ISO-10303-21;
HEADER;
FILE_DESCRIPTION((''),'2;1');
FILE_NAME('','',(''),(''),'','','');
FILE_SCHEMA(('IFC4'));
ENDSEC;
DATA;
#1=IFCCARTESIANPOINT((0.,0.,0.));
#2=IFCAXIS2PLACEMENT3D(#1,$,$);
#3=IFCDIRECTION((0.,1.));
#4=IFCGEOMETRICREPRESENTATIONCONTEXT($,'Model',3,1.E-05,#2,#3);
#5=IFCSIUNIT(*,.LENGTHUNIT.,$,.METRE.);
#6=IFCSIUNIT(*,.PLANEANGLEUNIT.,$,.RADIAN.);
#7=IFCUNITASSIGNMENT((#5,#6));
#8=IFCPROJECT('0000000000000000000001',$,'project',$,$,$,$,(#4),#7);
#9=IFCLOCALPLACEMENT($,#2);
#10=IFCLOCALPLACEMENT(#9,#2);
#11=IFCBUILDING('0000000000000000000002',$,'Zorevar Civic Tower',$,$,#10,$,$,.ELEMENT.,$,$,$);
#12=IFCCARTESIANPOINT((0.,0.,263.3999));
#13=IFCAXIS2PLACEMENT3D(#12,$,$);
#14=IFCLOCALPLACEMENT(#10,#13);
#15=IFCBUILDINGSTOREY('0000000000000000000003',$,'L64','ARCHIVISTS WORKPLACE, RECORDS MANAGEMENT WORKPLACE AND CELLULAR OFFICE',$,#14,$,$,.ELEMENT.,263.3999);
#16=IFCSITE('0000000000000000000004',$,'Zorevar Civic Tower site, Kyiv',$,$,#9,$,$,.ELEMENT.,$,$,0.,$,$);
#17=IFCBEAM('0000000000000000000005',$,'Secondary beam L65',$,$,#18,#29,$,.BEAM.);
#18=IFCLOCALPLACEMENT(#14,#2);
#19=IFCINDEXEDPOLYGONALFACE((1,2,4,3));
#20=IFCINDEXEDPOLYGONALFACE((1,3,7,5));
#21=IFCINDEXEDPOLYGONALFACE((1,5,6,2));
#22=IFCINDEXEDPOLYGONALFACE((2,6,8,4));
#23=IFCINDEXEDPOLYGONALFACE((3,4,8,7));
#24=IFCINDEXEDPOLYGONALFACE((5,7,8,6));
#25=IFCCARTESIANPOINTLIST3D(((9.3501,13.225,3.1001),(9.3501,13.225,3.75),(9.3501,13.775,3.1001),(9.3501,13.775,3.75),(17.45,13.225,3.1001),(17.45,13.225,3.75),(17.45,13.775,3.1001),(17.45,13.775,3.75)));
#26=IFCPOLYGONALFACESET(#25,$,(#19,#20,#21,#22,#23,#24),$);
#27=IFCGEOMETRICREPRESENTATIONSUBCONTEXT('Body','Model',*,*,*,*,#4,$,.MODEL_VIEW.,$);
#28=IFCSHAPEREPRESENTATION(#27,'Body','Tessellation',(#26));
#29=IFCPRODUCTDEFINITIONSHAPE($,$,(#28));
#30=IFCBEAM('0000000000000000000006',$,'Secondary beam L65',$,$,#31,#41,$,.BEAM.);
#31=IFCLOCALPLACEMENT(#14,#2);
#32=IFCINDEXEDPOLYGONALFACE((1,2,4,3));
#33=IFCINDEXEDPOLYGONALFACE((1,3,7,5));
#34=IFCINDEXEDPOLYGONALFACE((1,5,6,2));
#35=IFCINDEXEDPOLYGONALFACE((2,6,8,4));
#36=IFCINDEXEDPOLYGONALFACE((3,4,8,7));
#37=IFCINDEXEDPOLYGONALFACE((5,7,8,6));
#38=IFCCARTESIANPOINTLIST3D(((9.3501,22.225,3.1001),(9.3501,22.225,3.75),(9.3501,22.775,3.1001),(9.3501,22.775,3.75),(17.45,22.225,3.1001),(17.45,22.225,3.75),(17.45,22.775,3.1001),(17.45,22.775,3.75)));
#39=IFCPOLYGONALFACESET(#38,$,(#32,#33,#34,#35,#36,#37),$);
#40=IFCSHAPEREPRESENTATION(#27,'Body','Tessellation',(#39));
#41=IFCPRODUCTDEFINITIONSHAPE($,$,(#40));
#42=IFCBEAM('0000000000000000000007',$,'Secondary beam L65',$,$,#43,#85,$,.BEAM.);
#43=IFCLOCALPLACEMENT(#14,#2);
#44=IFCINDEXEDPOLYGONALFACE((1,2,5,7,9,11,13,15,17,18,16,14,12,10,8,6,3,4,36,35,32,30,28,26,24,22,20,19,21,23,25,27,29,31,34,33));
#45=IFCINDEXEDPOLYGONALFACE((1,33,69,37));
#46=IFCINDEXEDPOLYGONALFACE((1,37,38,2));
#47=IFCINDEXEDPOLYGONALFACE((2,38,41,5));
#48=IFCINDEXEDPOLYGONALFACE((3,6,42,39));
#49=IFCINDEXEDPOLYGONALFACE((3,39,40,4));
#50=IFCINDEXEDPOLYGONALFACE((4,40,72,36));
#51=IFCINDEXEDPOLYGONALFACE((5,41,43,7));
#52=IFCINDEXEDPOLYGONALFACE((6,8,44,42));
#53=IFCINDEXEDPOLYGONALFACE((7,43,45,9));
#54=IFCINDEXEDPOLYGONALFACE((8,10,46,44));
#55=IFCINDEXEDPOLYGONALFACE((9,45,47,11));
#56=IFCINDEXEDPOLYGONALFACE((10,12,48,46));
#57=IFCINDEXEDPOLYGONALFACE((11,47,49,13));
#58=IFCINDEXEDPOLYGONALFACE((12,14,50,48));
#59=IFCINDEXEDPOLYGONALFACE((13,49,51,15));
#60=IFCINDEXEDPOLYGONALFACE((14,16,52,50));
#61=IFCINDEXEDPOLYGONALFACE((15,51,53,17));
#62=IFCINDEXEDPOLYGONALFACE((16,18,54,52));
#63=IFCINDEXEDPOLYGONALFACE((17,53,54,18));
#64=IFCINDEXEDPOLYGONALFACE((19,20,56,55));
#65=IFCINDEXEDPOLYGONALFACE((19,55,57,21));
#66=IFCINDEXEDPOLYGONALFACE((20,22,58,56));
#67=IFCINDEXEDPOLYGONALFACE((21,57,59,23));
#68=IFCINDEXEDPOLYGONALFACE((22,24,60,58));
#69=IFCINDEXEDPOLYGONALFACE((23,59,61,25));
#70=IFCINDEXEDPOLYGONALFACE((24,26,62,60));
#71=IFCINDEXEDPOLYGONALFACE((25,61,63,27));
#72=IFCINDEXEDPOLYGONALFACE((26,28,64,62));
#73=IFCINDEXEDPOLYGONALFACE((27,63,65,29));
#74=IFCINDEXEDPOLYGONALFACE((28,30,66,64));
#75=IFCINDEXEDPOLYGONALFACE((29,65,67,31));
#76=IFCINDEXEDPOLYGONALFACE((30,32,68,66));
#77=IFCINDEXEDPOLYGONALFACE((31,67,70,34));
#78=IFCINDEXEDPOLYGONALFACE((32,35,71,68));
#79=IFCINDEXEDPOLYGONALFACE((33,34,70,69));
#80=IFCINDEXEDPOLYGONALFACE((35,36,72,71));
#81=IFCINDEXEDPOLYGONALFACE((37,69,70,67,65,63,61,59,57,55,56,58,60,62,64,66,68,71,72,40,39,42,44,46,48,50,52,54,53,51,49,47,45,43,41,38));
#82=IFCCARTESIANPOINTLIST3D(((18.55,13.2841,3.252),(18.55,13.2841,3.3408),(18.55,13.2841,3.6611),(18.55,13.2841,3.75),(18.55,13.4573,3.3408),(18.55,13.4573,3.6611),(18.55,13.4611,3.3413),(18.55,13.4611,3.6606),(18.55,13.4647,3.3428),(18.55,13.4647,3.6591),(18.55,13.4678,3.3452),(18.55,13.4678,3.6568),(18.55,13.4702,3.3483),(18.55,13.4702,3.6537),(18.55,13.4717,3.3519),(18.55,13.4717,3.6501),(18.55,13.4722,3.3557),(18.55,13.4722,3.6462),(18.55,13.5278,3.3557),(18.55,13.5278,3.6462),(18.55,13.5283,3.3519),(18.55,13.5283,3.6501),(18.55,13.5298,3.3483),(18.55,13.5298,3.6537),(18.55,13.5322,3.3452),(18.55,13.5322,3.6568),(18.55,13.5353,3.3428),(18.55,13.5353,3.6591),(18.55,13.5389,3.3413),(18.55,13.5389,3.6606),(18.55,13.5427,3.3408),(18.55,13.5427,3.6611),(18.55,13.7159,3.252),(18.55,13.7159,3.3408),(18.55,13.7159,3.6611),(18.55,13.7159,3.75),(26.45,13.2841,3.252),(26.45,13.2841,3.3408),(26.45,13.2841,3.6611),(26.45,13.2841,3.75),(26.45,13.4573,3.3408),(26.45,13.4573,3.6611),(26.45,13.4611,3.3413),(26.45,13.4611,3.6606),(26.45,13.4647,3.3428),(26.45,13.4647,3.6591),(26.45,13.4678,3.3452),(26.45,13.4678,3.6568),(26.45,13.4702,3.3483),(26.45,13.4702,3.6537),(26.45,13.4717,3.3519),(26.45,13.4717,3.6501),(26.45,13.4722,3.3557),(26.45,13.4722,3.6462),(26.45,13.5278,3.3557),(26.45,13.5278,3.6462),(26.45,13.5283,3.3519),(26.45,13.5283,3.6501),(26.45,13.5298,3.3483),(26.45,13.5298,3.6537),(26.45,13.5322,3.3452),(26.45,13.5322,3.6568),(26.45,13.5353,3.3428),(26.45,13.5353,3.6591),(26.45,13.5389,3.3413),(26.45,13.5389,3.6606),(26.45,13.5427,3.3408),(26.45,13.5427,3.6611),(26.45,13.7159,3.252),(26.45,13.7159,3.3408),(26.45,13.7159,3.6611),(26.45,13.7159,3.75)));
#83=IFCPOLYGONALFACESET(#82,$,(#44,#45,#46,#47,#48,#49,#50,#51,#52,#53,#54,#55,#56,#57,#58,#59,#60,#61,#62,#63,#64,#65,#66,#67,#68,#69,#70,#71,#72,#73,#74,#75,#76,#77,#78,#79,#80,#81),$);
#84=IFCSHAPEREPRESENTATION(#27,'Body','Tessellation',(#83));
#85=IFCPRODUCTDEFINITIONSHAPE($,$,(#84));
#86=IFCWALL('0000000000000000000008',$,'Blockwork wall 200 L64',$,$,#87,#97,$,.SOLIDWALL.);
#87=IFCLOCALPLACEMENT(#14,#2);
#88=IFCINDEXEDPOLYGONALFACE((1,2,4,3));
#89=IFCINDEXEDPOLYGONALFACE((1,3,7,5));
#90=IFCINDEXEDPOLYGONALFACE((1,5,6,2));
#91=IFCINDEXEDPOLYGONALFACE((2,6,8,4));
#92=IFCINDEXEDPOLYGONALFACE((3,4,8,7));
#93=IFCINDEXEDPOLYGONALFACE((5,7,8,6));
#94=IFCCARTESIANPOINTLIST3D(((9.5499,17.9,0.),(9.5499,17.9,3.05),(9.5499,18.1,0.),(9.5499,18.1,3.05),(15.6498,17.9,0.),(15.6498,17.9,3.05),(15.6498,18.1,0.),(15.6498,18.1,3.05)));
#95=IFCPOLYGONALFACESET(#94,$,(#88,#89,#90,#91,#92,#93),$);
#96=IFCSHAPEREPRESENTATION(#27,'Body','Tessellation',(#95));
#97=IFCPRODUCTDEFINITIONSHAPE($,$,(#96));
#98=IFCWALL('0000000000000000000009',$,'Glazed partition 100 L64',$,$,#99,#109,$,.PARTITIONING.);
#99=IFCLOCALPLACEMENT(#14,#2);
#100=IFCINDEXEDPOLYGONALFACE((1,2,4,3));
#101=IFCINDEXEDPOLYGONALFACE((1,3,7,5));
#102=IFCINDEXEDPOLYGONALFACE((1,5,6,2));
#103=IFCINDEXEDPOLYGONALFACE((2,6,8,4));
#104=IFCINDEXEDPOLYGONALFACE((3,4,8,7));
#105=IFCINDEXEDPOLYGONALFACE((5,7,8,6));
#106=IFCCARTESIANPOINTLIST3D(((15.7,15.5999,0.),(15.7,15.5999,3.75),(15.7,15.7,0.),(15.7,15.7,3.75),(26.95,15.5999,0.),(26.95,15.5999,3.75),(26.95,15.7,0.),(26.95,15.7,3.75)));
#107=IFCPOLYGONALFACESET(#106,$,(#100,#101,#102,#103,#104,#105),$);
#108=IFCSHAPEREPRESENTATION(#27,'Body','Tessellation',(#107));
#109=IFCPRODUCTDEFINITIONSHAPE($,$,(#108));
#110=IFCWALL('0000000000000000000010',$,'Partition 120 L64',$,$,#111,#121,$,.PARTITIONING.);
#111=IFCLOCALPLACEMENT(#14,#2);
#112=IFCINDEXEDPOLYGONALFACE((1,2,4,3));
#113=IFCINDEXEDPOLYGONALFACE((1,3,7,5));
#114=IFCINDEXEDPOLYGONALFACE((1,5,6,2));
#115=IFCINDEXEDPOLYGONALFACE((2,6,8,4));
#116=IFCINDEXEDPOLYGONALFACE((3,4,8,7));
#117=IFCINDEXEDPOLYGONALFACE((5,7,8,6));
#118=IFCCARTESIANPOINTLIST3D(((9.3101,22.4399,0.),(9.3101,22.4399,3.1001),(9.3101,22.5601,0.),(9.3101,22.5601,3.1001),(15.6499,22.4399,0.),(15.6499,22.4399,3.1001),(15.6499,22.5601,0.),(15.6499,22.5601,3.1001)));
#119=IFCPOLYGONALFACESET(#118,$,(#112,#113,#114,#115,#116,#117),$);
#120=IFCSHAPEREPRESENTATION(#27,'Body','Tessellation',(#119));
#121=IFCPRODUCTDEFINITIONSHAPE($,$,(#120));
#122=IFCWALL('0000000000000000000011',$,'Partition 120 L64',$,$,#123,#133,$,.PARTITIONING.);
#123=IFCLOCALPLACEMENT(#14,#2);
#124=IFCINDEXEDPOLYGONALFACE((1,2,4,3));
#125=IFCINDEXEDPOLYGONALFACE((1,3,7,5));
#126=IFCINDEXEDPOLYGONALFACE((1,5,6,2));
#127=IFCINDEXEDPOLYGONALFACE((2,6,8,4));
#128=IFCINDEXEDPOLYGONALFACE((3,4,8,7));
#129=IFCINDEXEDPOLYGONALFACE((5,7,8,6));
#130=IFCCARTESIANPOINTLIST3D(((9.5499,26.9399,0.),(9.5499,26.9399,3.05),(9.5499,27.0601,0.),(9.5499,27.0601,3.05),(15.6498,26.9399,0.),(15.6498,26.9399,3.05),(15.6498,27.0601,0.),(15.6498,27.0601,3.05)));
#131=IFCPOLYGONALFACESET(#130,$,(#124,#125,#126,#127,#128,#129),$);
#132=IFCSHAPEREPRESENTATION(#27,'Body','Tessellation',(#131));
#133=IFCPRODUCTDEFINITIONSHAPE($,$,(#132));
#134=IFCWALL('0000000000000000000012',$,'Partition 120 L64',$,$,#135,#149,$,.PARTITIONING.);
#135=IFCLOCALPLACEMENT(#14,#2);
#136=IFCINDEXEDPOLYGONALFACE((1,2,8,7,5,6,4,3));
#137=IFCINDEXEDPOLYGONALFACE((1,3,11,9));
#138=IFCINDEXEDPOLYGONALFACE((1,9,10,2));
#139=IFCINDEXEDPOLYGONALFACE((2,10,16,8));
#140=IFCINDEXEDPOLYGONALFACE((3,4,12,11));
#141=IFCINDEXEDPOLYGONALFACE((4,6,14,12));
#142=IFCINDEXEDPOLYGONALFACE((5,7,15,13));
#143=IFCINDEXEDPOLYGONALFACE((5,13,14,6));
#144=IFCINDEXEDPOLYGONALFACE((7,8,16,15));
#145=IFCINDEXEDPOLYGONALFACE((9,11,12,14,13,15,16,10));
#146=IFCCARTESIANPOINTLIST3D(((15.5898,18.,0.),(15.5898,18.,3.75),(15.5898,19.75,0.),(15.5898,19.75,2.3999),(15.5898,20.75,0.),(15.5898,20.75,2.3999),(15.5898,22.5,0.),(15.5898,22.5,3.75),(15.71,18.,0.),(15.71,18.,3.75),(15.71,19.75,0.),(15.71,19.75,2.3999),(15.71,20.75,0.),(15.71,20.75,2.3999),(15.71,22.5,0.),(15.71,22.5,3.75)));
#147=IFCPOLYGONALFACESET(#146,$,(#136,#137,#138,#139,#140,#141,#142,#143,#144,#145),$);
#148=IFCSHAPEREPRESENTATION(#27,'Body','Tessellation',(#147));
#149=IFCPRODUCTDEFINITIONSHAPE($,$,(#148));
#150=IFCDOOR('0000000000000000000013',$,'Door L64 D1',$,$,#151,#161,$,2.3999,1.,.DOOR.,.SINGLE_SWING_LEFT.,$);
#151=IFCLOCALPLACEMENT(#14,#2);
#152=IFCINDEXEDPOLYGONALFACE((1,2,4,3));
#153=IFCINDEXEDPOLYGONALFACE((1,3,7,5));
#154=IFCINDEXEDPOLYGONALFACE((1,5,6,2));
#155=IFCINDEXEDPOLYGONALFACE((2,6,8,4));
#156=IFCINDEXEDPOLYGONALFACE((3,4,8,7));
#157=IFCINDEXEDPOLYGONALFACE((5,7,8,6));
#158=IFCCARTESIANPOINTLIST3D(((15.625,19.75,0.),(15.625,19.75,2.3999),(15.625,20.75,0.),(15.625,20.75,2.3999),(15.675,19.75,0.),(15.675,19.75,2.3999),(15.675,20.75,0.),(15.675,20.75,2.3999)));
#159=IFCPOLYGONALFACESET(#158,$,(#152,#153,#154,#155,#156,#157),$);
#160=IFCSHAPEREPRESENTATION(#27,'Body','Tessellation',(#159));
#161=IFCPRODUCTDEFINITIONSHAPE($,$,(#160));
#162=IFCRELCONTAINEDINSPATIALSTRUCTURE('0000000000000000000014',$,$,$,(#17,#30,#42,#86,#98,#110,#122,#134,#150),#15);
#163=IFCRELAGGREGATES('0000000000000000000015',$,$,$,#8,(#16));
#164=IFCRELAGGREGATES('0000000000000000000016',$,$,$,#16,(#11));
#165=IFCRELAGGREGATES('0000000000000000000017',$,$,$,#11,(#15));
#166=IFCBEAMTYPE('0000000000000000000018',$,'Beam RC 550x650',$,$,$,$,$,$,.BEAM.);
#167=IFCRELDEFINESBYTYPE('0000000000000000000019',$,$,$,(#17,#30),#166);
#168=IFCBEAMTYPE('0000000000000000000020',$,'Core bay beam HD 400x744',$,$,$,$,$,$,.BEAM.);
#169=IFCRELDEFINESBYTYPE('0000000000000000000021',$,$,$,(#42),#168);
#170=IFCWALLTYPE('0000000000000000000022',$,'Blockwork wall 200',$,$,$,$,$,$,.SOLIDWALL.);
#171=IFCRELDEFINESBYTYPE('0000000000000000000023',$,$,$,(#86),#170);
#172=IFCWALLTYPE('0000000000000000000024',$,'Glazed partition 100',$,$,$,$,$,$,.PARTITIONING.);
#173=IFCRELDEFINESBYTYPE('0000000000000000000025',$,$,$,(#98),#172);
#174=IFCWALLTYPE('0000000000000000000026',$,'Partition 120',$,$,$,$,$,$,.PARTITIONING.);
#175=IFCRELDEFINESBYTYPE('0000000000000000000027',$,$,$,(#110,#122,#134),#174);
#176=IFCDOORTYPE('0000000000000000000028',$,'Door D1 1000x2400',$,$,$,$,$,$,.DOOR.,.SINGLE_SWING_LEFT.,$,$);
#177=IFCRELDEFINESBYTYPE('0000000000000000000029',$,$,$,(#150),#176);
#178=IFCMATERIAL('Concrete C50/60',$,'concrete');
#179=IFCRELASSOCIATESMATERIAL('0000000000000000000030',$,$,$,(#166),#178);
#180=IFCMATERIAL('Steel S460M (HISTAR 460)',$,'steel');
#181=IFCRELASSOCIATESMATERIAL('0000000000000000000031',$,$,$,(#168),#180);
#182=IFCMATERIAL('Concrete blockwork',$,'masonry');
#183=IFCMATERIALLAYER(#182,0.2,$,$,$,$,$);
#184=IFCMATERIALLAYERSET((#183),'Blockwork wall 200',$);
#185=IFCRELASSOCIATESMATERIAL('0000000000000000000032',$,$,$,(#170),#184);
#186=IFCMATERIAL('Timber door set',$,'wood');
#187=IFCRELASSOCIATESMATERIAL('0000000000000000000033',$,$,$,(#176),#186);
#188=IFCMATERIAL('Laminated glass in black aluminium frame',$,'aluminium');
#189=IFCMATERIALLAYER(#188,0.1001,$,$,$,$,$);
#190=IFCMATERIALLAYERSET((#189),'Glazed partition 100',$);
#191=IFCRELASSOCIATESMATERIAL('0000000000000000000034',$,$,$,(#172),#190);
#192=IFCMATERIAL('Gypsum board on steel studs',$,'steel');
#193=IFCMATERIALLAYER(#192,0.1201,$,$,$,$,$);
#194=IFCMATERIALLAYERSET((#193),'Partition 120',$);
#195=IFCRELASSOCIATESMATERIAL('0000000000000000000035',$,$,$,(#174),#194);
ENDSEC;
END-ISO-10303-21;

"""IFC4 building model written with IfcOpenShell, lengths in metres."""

from ifc_helpers import new_model, si_unit, direction, frame, frame_2d, origin, origin_2d, place, context, subcontext, project, spatial, rectangle, i_section, extrude, material, layer, layer_set, material_profile, profile_set, type_object, element, fill, save


model = new_model("IFC4")

# Units and contexts
model_context = context("Model", 3, precision=1e-05, world=origin(), true_north=direction((0.0, 1.0)))
body_context = subcontext(model_context, "Body", "Model", "MODEL_VIEW")
ifc_project = project(units=[si_unit("LENGTHUNIT", "METRE"), si_unit("PLANEANGLEUNIT", "RADIAN")], contexts=[model_context])

# Site, building, storey
site_placement = place(None, origin())
site = spatial("IfcSite", under=ifc_project, at=site_placement, Name="Zorevar Civic Tower site, Kyiv", CompositionType="ELEMENT", RefElevation=0.0)
building_placement = place(site_placement, origin())
building = spatial("IfcBuilding", under=site, at=building_placement, Name="Zorevar Civic Tower", CompositionType="ELEMENT")
storey_placement = place(building_placement, frame((0.0, 0.0, 263.3999)))
storey = spatial("IfcBuildingStorey", under=building, at=storey_placement, Name="L64", Description="ARCHIVISTS WORKPLACE, RECORDS MANAGEMENT WORKPLACE AND CELLULAR OFFICE", CompositionType="ELEMENT", Elevation=263.3999)

# Beams
ifc_material_1 = material(Name="Concrete C50/60", Category="concrete")
ifc_material_profile_1 = material_profile(ifc_material_1, rectangle(XDim=0.55, YDim=0.6499, at=origin_2d()), Name="RC 550x650")
ifc_profile_set_1 = profile_set([ifc_material_profile_1], Name="Concrete C50/60")
beam_type_1 = type_object("IfcBeamType", Name="Beam RC 550x650", PredefinedType="BEAM", material=ifc_profile_set_1)
for number, where, z_axis, x_axis, name in (
    (1, (9.3501, 13.5, 3.425), (1.0, 0.0, 0.0), (0.0, 1.0, 0.0), "Secondary beam L65"),
    (2, (9.3501, 22.5, 3.425), (1.0, 0.0, 0.0), (0.0, 1.0, 0.0), "Secondary beam L65"),
):
    element("IfcBeam", number, at=place(storey_placement, frame(where, z_axis=z_axis, x_axis=x_axis)), inside=storey, type_object=beam_type_1, Name=name, PredefinedType="BEAM", context=body_context, shape_type="SweptSolid", body=[
        extrude(rectangle(XDim=0.55, YDim=0.6499, at=origin_2d()), origin(), (0.0, 0.0, 1.0), 8.0999),
    ])
ifc_material_2 = material(Name="Steel S460M (HISTAR 460)", Category="steel")
ifc_material_profile_2 = material_profile(ifc_material_2, i_section(OverallWidth=0.4319, OverallDepth=0.498, WebThickness=0.0557, FlangeThickness=0.0889, FilletRadius=0.0149, at=origin_2d()), Name="HD 400x744")
ifc_profile_set_2 = profile_set([ifc_material_profile_2], Name="Steel S460M (HISTAR 460)")
beam_type_2 = type_object("IfcBeamType", Name="Core bay beam HD 400x744", PredefinedType="BEAM", material=ifc_profile_set_2)
beam_placement = place(storey_placement, frame((18.55, 13.5, 3.501), z_axis=(1.0, 0.0, 0.0), x_axis=(0.0, 1.0, 0.0)))
element("IfcBeam", 3, at=beam_placement, inside=storey, type_object=beam_type_2, Name="Secondary beam L65", PredefinedType="BEAM", context=body_context, shape_type="SweptSolid", body=[
    extrude(i_section(OverallWidth=0.4319, OverallDepth=0.498, WebThickness=0.0557, FlangeThickness=0.0889, FilletRadius=0.0149, at=origin_2d()), origin(), (0.0, 0.0, 1.0), 7.8999),
])

# Wall
ifc_material_3 = material(Name="Concrete blockwork", Category="masonry")
ifc_layer_1 = layer(ifc_material_3, 0.2)
ifc_layer_set_1 = layer_set([ifc_layer_1], Name="Blockwork wall 200")
wall_type_1 = type_object("IfcWallType", Name="Blockwork wall 200", PredefinedType="SOLIDWALL", material=ifc_layer_set_1)
wall_1_placement = place(storey_placement, frame((9.55, 18.0, 0.0), z_axis=(0.0, 0.0, 1.0), x_axis=(1.0, 0.0, 0.0)))
element("IfcWall", 4, at=wall_1_placement, inside=storey, type_object=wall_type_1, Name="Blockwork wall 200 L64", PredefinedType="SOLIDWALL", context=body_context, shape_type="SweptSolid", body=[
    extrude(rectangle(XDim=6.0999, YDim=0.2, at=frame_2d((3.0498, 0.0))), origin(), (0.0, 0.0, 1.0), 3.05),
])

# Shared definitions
ifc_material_4 = material(Name="Timber door set", Category="wood")
door_type_1 = type_object("IfcDoorType", Name="Door D1 1000x2400", OperationType="SINGLE_SWING_LEFT", PredefinedType="DOOR", material=ifc_material_4)

# Walls
ifc_material_5 = material(Name="Laminated glass in black aluminium frame", Category="aluminium")
ifc_layer_2 = layer(ifc_material_5, 0.1001)
ifc_layer_set_2 = layer_set([ifc_layer_2], Name="Glazed partition 100")
wall_type_2 = type_object("IfcWallType", Name="Glazed partition 100", PredefinedType="PARTITIONING", material=ifc_layer_set_2)
wall_2_placement = place(storey_placement, frame((15.7, 15.6499, 0.0), z_axis=(0.0, 0.0, 1.0), x_axis=(1.0, 0.0, 0.0)))
element("IfcWall", 5, at=wall_2_placement, inside=storey, type_object=wall_type_2, Name="Glazed partition 100 L64", PredefinedType="PARTITIONING", context=body_context, shape_type="SweptSolid", body=[
    extrude(rectangle(XDim=11.25, YDim=0.1001, at=frame_2d((5.625, 0.0))), origin(), (0.0, 0.0, 1.0), 3.75),
])
ifc_material_6 = material(Name="Gypsum board on steel studs", Category="steel")
ifc_layer_3 = layer(ifc_material_6, 0.1201)
ifc_layer_set_3 = layer_set([ifc_layer_3], Name="Partition 120")
wall_type_3 = type_object("IfcWallType", Name="Partition 120", PredefinedType="PARTITIONING", material=ifc_layer_set_3)
wall_3_placement = place(storey_placement, frame((9.3101, 22.5, 0.0), z_axis=(0.0, 0.0, 1.0), x_axis=(1.0, 0.0, 0.0)))
element("IfcWall", 6, at=wall_3_placement, inside=storey, type_object=wall_type_3, Name="Partition 120 L64", PredefinedType="PARTITIONING", context=body_context, shape_type="SweptSolid", body=[
    extrude(rectangle(XDim=6.3398, YDim=0.1201, at=frame_2d((3.1699, 0.0))), origin(), (0.0, 0.0, 1.0), 3.1001),
])
wall_4_placement = place(storey_placement, frame((9.55, 27.0, 0.0), z_axis=(0.0, 0.0, 1.0), x_axis=(1.0, 0.0, 0.0)))
element("IfcWall", 7, at=wall_4_placement, inside=storey, type_object=wall_type_3, Name="Partition 120 L64", PredefinedType="PARTITIONING", context=body_context, shape_type="SweptSolid", body=[
    extrude(rectangle(XDim=6.0999, YDim=0.1201, at=frame_2d((3.0498, 0.0))), origin(), (0.0, 0.0, 1.0), 3.05),
])

# Wall, opening, door
wall_5_placement = place(storey_placement, frame((15.6499, 18.0, 0.0), z_axis=(0.0, 0.0, 1.0), x_axis=(0.0, 1.0, 0.0)))
wall_5 = element("IfcWall", 8, at=wall_5_placement, inside=storey, type_object=wall_type_3, Name="Partition 120 L64", PredefinedType="PARTITIONING", context=body_context, shape_type="SweptSolid", body=[
    extrude(rectangle(XDim=4.5, YDim=0.1201, at=frame_2d((2.25, 0.0))), origin(), (0.0, 0.0, 1.0), 3.75),
])
opening_1_placement = place(wall_5_placement, frame((1.75, 0.0, 0.0)))
opening_1 = element("IfcOpeningElement", 9, at=opening_1_placement, cuts=wall_5, PredefinedType="OPENING", context=body_context, shape_type="SweptSolid", body=[
    extrude(rectangle(XDim=1.0, YDim=2.3999, at=frame_2d((0.5, 1.2))), frame((0.0, 0.0701, 0.0), z_axis=(0.0, -1.0, 0.0), x_axis=(1.0, 0.0, 0.0)), (0.0, 0.0, 1.0), 0.1401),
])
door_1_placement = place(opening_1_placement, origin())
door_1 = element("IfcDoor", 10, at=door_1_placement, inside=storey, type_object=door_type_1, Name="Door L64 D1", OperationType="SINGLE_SWING_LEFT", OverallHeight=2.3999, OverallWidth=1.0, PredefinedType="DOOR", context=body_context, shape_type="SweptSolid", body=[
    extrude(rectangle(XDim=1.0, YDim=2.3999, at=frame_2d((0.5, 1.2))), frame((0.0, 0.0249, 0.0), z_axis=(0.0, -1.0, 0.0), x_axis=(1.0, 0.0, 0.0)), (0.0, 0.0, 1.0), 0.05),
])
fill(opening_1, door_1)

save(model, "model.ifc")
